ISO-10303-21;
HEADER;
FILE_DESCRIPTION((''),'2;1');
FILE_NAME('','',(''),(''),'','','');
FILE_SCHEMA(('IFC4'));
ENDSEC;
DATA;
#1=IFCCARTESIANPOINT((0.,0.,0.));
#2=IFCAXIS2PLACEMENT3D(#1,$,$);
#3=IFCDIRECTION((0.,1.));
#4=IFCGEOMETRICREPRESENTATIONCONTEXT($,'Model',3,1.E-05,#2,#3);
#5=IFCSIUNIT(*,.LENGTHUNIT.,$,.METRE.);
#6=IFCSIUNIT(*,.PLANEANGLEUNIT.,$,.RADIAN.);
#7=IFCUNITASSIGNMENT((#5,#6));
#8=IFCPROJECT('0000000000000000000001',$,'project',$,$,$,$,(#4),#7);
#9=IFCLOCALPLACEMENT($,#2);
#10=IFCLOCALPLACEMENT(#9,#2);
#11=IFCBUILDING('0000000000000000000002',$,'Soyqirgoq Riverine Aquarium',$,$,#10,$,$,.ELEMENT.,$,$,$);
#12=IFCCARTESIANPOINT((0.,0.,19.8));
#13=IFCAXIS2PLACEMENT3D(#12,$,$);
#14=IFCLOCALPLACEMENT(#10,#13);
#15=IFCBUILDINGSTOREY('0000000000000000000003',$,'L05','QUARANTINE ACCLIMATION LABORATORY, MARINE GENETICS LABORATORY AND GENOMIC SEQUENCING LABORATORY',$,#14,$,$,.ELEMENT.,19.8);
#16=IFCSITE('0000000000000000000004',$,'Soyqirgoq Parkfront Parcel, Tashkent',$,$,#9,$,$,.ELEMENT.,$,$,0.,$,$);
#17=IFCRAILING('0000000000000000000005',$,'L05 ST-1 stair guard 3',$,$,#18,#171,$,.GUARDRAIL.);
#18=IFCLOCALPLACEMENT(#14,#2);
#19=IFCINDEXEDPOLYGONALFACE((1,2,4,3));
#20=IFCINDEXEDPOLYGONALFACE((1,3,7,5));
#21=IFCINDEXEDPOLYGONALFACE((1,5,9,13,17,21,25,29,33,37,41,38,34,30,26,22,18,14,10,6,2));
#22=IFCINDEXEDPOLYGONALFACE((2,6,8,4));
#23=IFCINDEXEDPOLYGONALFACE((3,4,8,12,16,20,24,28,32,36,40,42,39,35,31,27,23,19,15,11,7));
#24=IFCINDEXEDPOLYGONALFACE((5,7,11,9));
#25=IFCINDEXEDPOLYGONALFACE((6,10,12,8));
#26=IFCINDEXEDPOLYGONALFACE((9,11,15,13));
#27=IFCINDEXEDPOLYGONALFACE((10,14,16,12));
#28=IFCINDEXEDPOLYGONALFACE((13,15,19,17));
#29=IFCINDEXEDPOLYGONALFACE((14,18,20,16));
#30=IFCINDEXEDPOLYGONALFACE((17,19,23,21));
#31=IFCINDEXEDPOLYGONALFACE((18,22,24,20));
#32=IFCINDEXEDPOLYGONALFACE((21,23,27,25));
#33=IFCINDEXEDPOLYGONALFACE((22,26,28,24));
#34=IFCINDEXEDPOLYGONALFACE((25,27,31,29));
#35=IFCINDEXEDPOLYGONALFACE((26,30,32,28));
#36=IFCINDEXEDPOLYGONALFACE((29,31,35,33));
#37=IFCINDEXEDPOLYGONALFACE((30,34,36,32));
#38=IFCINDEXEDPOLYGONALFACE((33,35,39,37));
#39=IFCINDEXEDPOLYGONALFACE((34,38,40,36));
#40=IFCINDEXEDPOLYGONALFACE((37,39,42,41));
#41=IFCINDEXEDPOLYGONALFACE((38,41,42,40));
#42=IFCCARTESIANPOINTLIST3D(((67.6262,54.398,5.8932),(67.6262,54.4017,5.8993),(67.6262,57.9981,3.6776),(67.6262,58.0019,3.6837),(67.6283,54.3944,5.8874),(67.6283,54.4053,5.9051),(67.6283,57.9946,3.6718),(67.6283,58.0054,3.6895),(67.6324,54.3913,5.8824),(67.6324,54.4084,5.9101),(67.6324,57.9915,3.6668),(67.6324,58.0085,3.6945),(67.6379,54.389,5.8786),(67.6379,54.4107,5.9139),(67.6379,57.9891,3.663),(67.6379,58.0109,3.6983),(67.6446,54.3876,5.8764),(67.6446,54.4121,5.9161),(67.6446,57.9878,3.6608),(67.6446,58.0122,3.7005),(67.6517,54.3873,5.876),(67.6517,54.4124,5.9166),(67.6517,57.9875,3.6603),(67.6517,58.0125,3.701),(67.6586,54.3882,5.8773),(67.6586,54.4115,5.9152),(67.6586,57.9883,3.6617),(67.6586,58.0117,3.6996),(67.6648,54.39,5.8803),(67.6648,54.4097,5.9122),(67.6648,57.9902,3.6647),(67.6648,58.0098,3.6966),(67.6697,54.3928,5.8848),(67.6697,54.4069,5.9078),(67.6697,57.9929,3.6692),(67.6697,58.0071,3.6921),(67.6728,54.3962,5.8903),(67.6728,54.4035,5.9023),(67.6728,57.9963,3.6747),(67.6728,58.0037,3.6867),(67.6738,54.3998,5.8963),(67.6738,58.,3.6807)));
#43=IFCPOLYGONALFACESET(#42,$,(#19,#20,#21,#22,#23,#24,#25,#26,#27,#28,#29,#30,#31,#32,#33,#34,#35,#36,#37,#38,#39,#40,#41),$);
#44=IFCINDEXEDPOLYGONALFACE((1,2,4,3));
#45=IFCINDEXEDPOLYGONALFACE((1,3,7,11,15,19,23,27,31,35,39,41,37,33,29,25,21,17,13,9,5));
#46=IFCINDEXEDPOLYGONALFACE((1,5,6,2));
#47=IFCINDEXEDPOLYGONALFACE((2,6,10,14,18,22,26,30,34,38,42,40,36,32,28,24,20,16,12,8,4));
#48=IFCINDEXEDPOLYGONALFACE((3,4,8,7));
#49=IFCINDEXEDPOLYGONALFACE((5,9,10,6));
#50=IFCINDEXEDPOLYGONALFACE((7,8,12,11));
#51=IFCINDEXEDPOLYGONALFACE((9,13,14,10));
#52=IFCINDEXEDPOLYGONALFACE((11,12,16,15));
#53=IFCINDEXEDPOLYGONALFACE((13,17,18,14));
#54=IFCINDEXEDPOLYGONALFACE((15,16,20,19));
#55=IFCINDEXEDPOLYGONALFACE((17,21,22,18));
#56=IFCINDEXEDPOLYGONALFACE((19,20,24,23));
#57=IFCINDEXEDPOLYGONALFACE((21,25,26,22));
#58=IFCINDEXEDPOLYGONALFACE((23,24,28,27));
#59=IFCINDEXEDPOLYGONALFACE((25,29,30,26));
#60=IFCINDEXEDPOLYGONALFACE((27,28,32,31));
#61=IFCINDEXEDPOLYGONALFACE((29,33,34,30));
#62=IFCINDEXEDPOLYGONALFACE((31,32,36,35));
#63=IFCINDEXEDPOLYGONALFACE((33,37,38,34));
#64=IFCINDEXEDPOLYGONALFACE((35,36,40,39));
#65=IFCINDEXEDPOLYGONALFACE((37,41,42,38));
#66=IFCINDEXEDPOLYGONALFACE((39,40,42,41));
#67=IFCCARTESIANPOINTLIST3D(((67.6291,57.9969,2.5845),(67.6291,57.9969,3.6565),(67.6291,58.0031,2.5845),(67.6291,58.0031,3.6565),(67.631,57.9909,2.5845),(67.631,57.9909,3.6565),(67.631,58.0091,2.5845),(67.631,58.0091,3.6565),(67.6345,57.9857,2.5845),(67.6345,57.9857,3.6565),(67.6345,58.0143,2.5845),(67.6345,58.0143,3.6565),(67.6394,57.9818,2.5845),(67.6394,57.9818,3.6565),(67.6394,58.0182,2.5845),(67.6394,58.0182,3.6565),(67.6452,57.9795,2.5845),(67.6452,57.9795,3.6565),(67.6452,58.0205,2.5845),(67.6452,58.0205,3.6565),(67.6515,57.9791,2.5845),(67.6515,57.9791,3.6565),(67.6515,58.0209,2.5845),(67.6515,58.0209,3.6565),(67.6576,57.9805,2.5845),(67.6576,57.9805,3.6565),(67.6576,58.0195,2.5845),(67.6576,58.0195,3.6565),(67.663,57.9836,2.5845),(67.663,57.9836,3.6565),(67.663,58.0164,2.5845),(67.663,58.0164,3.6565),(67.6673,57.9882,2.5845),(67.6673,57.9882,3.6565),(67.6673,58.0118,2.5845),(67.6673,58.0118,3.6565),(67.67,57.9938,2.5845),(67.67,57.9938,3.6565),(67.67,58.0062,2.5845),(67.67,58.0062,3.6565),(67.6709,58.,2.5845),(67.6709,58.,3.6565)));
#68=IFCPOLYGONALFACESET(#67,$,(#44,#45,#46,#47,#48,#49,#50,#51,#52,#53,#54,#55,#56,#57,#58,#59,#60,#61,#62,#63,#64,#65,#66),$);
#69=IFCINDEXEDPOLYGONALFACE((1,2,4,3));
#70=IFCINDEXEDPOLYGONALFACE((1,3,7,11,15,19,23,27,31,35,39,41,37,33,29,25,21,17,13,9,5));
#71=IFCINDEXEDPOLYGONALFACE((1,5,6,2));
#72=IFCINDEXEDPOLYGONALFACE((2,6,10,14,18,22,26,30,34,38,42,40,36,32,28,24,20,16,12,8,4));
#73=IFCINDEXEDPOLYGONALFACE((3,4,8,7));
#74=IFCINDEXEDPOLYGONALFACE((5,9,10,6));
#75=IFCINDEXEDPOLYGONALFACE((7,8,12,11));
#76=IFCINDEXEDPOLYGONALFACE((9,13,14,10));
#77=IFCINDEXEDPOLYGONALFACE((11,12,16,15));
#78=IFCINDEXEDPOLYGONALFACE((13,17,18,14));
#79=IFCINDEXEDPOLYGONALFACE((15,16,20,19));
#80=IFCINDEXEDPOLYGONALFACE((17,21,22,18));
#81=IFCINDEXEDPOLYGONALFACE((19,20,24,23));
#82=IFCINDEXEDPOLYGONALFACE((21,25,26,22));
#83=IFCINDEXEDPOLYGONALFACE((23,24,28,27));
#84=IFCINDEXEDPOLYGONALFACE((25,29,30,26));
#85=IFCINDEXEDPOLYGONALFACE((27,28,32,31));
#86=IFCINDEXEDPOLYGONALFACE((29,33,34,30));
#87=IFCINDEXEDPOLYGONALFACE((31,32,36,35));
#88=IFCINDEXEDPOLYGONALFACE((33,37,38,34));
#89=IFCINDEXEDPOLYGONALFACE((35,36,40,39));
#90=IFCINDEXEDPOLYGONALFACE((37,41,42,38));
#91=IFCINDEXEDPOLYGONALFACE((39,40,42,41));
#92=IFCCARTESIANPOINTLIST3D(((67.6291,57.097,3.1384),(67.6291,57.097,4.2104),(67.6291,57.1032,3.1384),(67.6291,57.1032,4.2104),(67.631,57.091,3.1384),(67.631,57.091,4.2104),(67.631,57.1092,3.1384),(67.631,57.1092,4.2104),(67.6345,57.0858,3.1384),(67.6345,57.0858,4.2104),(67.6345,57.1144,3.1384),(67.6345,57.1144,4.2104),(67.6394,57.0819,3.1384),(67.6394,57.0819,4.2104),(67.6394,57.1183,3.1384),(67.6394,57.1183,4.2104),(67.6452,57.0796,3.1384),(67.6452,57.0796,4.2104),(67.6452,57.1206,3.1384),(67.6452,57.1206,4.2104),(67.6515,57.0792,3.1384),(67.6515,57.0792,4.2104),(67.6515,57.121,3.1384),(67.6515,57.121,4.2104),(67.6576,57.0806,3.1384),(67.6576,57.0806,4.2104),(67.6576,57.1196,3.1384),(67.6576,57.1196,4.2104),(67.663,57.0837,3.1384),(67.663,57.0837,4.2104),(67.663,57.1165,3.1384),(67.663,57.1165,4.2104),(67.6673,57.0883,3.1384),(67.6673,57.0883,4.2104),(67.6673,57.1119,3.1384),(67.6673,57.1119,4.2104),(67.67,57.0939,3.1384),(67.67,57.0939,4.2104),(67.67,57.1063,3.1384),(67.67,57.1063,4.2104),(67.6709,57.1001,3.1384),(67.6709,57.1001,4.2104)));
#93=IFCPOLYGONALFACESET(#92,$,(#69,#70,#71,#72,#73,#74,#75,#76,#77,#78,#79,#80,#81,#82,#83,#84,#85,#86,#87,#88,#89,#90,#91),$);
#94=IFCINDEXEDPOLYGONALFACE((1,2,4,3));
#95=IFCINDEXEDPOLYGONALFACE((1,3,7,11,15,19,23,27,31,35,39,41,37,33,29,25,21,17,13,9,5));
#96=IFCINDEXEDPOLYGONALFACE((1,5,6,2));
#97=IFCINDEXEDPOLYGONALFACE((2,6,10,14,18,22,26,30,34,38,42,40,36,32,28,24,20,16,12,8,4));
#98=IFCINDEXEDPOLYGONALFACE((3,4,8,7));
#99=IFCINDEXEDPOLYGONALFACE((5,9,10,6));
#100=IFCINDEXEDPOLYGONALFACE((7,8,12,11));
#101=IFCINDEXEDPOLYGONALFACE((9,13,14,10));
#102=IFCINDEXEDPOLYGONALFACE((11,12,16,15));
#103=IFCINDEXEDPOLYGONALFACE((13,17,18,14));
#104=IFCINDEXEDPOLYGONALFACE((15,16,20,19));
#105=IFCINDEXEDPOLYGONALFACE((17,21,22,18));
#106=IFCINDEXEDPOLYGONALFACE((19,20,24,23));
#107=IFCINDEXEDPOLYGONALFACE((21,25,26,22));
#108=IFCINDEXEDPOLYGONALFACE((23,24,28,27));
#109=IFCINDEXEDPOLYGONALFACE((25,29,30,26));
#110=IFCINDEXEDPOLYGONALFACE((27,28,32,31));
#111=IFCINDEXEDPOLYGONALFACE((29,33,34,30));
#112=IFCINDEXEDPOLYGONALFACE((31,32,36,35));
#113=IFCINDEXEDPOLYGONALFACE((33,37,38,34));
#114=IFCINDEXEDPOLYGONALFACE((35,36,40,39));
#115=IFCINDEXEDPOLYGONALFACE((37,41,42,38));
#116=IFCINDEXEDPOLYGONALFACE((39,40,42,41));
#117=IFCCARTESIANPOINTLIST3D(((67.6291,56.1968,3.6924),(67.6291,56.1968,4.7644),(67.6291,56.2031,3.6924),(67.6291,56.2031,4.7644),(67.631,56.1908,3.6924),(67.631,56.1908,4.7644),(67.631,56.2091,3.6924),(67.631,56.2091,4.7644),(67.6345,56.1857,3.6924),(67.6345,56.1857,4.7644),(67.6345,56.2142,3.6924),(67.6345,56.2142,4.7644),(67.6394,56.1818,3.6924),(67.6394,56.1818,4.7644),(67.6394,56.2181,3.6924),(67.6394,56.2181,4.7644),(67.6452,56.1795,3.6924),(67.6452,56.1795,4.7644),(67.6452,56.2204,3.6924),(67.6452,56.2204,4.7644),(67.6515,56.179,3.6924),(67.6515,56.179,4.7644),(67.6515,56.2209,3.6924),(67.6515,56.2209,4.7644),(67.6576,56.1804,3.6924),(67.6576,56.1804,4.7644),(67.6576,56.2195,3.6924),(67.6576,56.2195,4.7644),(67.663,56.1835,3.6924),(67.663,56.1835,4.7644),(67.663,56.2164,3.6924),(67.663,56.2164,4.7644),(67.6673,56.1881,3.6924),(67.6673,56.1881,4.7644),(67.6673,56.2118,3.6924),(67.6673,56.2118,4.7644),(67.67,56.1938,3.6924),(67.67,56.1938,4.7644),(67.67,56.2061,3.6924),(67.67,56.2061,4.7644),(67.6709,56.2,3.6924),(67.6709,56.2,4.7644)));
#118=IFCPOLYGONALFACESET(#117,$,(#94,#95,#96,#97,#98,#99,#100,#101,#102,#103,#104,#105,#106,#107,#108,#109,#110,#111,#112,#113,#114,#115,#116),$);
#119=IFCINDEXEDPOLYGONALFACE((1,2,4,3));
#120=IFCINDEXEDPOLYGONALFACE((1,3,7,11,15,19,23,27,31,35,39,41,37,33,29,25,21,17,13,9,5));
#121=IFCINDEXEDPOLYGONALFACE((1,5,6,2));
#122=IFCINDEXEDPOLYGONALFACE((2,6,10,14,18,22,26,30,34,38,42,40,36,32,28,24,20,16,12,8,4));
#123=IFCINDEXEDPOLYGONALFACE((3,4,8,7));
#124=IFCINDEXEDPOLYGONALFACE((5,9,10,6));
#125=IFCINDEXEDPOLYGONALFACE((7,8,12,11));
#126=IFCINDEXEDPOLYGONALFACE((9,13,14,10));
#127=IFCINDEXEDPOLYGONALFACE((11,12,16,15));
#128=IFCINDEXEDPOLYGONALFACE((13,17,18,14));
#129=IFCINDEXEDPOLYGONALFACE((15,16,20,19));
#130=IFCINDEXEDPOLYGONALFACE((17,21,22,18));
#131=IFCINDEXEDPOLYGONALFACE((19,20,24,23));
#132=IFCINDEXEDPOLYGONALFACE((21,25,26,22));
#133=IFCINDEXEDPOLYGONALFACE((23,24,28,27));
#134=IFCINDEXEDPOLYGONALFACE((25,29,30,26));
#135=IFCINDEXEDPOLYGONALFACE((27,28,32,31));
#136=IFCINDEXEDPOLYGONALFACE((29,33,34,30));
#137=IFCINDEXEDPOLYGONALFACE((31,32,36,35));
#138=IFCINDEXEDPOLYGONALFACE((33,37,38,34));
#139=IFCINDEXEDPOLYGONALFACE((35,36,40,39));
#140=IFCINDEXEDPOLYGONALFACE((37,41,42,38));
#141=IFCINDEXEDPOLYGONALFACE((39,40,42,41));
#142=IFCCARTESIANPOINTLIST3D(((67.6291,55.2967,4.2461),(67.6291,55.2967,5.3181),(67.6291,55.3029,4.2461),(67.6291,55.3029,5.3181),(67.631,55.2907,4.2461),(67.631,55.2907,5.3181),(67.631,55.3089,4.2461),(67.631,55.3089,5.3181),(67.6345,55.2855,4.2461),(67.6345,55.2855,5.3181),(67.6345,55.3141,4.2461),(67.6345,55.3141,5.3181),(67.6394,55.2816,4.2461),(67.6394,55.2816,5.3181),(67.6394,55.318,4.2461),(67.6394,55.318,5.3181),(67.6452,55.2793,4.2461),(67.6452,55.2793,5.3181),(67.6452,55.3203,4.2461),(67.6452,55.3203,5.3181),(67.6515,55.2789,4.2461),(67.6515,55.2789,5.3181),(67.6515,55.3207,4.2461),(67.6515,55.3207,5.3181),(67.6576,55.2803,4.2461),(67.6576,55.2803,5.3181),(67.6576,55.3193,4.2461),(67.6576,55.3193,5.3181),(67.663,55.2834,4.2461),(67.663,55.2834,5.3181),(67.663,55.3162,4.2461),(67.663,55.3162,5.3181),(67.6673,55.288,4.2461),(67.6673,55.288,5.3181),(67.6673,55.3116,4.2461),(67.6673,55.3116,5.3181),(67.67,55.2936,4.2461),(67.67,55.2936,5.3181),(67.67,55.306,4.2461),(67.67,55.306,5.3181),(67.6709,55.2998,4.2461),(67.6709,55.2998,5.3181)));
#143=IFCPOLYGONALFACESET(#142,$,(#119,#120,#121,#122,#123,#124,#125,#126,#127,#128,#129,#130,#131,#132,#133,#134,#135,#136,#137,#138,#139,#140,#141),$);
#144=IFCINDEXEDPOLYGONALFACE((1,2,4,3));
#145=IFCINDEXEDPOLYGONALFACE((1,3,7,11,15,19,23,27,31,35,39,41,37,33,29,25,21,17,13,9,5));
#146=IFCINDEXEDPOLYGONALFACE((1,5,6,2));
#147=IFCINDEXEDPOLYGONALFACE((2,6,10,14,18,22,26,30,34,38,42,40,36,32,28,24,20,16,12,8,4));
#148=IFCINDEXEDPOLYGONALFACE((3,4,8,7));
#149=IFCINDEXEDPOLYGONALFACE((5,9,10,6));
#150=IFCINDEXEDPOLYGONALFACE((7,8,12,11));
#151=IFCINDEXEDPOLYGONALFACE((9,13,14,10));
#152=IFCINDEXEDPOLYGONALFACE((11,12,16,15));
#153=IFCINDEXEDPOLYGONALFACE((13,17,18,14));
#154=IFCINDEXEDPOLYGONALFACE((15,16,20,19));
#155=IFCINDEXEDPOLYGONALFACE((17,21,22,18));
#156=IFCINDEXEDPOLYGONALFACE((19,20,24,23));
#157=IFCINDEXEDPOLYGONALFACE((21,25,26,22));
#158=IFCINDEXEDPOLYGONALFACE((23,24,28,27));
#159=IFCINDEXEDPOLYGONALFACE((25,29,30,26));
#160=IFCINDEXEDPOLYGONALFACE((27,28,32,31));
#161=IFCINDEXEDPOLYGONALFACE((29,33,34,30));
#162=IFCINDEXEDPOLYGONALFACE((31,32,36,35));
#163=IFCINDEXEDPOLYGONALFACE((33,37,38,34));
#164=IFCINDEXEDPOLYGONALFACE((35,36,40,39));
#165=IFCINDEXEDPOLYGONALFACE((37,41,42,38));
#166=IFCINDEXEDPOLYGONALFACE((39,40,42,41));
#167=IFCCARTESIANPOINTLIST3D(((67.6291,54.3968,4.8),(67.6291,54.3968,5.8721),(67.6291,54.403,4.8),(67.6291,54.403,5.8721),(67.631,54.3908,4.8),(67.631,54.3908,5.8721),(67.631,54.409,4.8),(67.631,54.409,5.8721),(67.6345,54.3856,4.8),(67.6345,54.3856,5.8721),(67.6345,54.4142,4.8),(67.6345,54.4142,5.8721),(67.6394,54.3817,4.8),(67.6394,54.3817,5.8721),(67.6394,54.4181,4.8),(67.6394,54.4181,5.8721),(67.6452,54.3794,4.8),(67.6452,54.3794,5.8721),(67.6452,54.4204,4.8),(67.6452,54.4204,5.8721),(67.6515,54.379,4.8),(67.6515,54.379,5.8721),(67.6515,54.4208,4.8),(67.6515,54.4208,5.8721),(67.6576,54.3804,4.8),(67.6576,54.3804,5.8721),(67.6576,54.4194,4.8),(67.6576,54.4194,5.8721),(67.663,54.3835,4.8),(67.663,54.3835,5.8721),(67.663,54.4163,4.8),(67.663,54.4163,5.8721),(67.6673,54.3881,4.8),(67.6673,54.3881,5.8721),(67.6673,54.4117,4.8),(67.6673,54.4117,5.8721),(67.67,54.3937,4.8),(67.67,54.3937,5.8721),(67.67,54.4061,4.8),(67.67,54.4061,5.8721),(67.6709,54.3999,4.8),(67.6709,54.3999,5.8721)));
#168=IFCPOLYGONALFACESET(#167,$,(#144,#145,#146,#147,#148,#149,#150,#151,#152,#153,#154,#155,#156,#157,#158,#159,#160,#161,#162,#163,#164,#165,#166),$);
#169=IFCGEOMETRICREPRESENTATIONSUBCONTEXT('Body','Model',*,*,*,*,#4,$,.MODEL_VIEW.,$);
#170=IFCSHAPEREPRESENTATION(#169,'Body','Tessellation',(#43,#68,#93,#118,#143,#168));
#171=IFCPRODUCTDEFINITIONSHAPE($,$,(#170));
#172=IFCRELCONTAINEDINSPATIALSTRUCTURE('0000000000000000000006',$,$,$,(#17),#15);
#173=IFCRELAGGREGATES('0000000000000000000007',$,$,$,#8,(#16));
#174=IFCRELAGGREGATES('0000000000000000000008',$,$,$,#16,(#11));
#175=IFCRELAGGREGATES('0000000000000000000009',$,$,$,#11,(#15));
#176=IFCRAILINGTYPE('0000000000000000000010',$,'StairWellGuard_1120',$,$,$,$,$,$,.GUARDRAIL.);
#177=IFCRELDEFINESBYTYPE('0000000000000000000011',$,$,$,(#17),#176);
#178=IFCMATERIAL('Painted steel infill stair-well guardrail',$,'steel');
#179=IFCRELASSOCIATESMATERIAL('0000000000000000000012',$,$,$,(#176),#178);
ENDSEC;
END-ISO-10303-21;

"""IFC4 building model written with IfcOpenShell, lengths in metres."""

from ifc_helpers import new_model, si_unit, direction, frame, origin, origin_2d, place, context, subcontext, project, spatial, circle, extrude, material, type_object, element, save


model = new_model("IFC4")

# Units and contexts
model_context = context("Model", 3, precision=1e-05, world=origin(), true_north=direction((0.0, 1.0)))
body_context = subcontext(model_context, "Body", "Model", "MODEL_VIEW")
ifc_project = project(units=[si_unit("LENGTHUNIT", "METRE"), si_unit("PLANEANGLEUNIT", "RADIAN")], contexts=[model_context])

# Site, building, storey
site_placement = place(None, origin())
site = spatial("IfcSite", under=ifc_project, at=site_placement, Name="Soyqirgoq Parkfront Parcel, Tashkent", CompositionType="ELEMENT", RefElevation=0.0)
building_placement = place(site_placement, origin())
building = spatial("IfcBuilding", under=site, at=building_placement, Name="Soyqirgoq Riverine Aquarium", CompositionType="ELEMENT")
storey_placement = place(building_placement, frame((0.0, 0.0, 19.8)))
storey = spatial("IfcBuildingStorey", under=building, at=storey_placement, Name="L05", Description="QUARANTINE ACCLIMATION LABORATORY, MARINE GENETICS LABORATORY AND GENOMIC SEQUENCING LABORATORY", CompositionType="ELEMENT", Elevation=19.8)

# Railing
ifc_material_1 = material(Name="Painted steel infill stair-well guardrail", Category="steel")
railing_type_1 = type_object("IfcRailingType", Name="StairWellGuard_1120", PredefinedType="GUARDRAIL", material=ifc_material_1)
railing_1_placement = place(storey_placement, frame((67.6499, 58.0, 2.5845)))
element("IfcRailing", 1, at=railing_1_placement, inside=storey, type_object=railing_type_1, Name="L05 ST-1 stair guard 3", PredefinedType="GUARDRAIL", context=body_context, shape_type="SweptSolid", body=[
    extrude(circle(Radius=0.0239, at=origin_2d()), frame((0.0, 0.0, 1.0962), z_axis=(0.0, -0.851644, 0.52412), x_axis=(1.0, 0.0, 0.0)), (0.0, 0.0, 1.0), 4.2273),
    extrude(circle(Radius=0.021, at=origin_2d()), origin(), (0.0, 0.0, 1.0), 1.072),
    extrude(circle(Radius=0.021, at=origin_2d()), frame((0.0, -0.8999, 0.554)), (0.0, 0.0, 1.0), 1.072),
    extrude(circle(Radius=0.021, at=origin_2d()), frame((0.0, -1.8, 1.1079)), (0.0, 0.0, 1.0), 1.072),
    extrude(circle(Radius=0.021, at=origin_2d()), frame((0.0, -2.7002, 1.6616)), (0.0, 0.0, 1.0), 1.072),
    extrude(circle(Radius=0.021, at=origin_2d()), frame((0.0, -3.6001, 2.2156)), (0.0, 0.0, 1.0), 1.072),
])

save(model, "model.ifc")
